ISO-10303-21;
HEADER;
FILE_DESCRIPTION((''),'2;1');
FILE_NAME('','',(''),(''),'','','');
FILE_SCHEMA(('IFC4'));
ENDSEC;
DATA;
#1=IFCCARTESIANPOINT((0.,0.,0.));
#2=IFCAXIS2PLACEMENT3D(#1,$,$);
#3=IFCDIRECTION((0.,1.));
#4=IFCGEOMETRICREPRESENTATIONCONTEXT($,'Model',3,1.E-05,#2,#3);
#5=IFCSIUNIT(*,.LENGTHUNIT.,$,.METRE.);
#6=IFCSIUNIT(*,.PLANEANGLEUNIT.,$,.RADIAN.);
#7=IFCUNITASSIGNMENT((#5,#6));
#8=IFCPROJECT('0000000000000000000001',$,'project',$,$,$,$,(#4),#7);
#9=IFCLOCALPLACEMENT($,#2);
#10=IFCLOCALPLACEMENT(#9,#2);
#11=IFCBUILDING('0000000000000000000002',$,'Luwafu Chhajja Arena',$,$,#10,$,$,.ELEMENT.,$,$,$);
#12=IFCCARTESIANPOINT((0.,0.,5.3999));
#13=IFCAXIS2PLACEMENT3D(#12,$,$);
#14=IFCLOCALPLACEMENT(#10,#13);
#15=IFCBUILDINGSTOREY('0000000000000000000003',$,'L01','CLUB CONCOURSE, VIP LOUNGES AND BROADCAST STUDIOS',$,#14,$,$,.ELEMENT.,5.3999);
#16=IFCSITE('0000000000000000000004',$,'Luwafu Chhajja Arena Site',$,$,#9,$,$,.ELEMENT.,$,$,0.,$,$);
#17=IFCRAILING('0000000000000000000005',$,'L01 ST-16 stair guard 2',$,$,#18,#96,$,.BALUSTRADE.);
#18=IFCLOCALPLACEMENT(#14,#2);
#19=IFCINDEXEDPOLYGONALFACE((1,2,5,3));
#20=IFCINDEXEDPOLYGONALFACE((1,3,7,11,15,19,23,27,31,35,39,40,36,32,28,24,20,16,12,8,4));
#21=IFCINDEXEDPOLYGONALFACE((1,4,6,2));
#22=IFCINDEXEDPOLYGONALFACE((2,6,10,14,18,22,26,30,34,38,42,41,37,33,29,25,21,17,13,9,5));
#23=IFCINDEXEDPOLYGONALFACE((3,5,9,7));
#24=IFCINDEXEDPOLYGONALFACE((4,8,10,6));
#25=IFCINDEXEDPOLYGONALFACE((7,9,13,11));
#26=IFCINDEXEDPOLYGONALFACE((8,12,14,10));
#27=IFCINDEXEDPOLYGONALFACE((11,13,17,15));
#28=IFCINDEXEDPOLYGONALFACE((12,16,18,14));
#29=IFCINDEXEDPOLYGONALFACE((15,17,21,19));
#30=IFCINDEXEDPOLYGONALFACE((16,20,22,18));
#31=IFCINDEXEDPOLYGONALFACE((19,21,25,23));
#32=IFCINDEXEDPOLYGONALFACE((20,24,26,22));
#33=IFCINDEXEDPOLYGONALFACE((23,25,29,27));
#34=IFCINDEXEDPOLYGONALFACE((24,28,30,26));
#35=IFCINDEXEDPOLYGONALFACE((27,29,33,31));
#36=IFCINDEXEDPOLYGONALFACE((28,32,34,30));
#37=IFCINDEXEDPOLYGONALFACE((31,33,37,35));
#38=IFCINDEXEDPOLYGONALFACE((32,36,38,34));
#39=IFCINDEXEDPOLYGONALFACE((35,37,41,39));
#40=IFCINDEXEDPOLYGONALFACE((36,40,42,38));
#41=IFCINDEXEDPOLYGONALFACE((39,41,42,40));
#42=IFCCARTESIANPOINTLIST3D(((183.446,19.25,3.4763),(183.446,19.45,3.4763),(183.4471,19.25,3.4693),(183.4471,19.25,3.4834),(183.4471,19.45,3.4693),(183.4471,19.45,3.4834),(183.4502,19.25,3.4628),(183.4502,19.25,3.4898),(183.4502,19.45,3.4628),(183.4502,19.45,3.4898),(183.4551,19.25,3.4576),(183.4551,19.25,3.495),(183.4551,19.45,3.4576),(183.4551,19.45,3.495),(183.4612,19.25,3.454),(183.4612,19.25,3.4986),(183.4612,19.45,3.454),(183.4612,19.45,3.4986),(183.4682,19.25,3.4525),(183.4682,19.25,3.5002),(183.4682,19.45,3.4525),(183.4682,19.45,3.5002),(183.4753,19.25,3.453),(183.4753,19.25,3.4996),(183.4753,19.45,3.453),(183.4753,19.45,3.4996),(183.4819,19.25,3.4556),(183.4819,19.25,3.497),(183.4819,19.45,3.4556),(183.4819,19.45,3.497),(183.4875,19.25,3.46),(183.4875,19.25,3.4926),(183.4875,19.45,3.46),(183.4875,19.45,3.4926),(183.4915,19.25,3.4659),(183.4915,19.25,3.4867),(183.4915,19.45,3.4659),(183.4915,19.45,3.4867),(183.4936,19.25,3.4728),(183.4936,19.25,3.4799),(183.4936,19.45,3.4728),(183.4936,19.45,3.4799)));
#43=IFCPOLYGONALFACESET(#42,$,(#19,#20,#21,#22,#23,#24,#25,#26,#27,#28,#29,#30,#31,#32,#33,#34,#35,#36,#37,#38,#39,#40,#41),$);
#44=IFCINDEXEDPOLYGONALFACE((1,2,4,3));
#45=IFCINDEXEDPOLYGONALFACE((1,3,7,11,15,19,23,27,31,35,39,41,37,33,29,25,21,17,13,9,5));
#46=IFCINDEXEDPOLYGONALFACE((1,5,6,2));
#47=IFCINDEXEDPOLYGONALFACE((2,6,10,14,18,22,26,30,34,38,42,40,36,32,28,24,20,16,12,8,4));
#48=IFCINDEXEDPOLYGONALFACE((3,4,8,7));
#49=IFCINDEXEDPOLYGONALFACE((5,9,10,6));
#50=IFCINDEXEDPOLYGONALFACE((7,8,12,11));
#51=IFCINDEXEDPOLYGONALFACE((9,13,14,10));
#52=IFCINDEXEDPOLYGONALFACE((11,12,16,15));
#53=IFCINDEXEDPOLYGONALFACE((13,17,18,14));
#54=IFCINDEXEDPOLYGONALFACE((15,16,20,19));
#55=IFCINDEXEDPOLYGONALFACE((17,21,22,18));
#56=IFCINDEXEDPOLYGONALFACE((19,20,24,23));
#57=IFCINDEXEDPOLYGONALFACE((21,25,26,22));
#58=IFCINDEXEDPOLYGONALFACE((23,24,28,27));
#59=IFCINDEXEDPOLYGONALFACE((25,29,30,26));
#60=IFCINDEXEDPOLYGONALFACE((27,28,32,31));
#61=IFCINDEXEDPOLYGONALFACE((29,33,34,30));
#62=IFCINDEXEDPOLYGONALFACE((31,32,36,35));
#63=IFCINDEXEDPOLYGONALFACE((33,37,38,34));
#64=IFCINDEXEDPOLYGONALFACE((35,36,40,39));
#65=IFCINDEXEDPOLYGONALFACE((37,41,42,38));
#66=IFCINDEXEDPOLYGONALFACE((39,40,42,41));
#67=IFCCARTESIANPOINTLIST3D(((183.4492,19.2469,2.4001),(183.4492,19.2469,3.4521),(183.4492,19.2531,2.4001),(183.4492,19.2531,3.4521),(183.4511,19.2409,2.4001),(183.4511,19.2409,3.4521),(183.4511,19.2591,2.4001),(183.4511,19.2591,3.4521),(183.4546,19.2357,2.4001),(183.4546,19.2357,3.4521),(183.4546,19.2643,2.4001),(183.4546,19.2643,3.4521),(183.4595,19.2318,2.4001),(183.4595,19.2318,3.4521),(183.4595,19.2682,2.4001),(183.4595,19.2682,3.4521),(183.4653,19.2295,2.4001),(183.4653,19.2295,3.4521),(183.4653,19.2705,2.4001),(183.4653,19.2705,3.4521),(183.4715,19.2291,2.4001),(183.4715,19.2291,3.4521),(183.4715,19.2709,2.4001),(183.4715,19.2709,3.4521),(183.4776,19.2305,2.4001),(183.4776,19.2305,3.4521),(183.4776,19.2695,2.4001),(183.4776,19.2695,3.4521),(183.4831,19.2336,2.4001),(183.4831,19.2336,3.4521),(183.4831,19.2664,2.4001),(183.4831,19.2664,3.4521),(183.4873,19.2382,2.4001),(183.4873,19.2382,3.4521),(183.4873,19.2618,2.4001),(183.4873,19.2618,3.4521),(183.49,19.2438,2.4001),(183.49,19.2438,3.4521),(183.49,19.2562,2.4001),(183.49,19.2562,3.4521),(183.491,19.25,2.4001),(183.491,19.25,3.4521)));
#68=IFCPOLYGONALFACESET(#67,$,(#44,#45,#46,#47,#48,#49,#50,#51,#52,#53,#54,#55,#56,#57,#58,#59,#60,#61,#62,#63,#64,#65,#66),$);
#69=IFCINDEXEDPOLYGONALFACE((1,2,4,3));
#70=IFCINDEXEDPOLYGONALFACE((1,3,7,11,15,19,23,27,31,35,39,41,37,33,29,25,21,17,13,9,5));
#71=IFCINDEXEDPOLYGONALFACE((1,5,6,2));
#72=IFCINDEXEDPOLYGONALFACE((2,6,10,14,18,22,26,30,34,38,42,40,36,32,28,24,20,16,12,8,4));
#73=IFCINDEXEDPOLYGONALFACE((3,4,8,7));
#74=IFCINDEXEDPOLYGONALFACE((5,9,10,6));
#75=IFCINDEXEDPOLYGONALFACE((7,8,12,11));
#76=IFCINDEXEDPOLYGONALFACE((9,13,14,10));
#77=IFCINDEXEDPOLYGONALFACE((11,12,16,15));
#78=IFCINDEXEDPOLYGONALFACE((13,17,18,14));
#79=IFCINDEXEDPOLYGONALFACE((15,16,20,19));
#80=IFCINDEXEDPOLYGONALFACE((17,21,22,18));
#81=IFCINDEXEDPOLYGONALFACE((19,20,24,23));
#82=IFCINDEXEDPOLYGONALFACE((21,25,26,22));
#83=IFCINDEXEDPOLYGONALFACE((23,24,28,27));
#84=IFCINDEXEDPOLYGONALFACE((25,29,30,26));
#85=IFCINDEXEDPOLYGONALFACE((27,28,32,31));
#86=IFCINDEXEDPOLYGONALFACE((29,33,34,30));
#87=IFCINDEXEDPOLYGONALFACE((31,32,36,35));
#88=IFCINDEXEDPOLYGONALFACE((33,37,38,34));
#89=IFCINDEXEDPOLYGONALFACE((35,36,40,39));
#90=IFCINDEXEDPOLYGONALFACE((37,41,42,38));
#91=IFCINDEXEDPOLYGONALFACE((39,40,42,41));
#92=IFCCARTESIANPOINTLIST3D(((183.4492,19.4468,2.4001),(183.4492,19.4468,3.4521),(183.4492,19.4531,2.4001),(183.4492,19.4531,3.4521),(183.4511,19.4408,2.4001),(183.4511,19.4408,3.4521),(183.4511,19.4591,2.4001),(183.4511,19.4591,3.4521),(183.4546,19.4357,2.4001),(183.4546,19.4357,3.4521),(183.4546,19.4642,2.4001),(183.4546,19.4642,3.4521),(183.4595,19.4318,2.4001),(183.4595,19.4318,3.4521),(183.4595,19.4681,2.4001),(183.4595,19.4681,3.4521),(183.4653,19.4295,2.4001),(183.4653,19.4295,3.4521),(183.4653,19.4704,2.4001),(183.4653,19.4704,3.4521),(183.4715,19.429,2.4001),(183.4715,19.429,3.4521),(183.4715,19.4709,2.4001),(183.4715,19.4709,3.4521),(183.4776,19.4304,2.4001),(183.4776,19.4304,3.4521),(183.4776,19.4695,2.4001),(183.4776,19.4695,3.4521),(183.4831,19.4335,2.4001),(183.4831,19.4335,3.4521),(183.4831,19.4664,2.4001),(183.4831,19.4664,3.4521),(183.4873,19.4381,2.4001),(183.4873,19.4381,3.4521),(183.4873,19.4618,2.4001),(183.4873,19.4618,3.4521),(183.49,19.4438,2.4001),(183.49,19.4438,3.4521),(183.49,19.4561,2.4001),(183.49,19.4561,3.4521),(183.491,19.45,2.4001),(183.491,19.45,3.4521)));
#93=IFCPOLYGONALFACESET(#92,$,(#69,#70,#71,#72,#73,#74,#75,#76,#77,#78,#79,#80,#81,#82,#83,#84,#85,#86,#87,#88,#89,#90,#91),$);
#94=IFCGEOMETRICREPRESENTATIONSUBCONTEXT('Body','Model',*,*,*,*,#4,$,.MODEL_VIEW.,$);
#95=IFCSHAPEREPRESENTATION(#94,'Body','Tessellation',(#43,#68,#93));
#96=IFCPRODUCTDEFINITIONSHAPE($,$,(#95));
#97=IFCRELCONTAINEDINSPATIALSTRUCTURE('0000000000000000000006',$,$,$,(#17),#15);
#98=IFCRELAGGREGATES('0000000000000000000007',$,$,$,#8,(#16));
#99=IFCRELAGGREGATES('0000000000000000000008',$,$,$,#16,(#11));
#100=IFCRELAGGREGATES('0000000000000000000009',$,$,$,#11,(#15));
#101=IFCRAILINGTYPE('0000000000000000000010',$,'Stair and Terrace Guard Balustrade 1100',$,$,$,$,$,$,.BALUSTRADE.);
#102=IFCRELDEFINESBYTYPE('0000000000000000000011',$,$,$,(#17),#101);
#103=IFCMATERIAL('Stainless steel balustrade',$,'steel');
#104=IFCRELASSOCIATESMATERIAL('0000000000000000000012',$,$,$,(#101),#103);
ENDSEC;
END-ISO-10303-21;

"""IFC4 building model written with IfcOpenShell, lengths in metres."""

from ifc_helpers import new_model, si_unit, direction, frame, origin, origin_2d, place, context, subcontext, project, spatial, circle, extrude, material, type_object, element, save


model = new_model("IFC4")

# Units and contexts
model_context = context("Model", 3, precision=1e-05, world=origin(), true_north=direction((0.0, 1.0)))
body_context = subcontext(model_context, "Body", "Model", "MODEL_VIEW")
ifc_project = project(units=[si_unit("LENGTHUNIT", "METRE"), si_unit("PLANEANGLEUNIT", "RADIAN")], contexts=[model_context])

# Site, building, storey
site_placement = place(None, origin())
site = spatial("IfcSite", under=ifc_project, at=site_placement, Name="Luwafu Chhajja Arena Site", CompositionType="ELEMENT", RefElevation=0.0)
building_placement = place(site_placement, origin())
building = spatial("IfcBuilding", under=site, at=building_placement, Name="Luwafu Chhajja Arena", CompositionType="ELEMENT")
storey_placement = place(building_placement, frame((0.0, 0.0, 5.3999)))
storey = spatial("IfcBuildingStorey", under=building, at=storey_placement, Name="L01", Description="CLUB CONCOURSE, VIP LOUNGES AND BROADCAST STUDIOS", CompositionType="ELEMENT", Elevation=5.3999)

# Railing
ifc_material_1 = material(Name="Stainless steel balustrade", Category="steel")
railing_type_1 = type_object("IfcRailingType", Name="Stair and Terrace Guard Balustrade 1100", PredefinedType="BALUSTRADE", material=ifc_material_1)
railing_1_placement = place(storey_placement, frame((183.47, 19.25, 2.4001)))
element("IfcRailing", 1, at=railing_1_placement, inside=storey, type_object=railing_type_1, Name="L01 ST-16 stair guard 2", PredefinedType="BALUSTRADE", context=body_context, shape_type="SweptSolid", body=[
    extrude(circle(Radius=0.0239, at=origin_2d()), frame((0.0, 0.0, 1.0762), z_axis=(0.0, 1.0, 0.0), x_axis=(-1.0, 0.0, 0.0)), (0.0, 0.0, 1.0), 0.2),
    extrude(circle(Radius=0.021, at=origin_2d()), origin(), (0.0, 0.0, 1.0), 1.052),
    extrude(circle(Radius=0.021, at=origin_2d()), frame((0.0, 0.2, 0.0)), (0.0, 0.0, 1.0), 1.052),
])

save(model, "model.ifc")
